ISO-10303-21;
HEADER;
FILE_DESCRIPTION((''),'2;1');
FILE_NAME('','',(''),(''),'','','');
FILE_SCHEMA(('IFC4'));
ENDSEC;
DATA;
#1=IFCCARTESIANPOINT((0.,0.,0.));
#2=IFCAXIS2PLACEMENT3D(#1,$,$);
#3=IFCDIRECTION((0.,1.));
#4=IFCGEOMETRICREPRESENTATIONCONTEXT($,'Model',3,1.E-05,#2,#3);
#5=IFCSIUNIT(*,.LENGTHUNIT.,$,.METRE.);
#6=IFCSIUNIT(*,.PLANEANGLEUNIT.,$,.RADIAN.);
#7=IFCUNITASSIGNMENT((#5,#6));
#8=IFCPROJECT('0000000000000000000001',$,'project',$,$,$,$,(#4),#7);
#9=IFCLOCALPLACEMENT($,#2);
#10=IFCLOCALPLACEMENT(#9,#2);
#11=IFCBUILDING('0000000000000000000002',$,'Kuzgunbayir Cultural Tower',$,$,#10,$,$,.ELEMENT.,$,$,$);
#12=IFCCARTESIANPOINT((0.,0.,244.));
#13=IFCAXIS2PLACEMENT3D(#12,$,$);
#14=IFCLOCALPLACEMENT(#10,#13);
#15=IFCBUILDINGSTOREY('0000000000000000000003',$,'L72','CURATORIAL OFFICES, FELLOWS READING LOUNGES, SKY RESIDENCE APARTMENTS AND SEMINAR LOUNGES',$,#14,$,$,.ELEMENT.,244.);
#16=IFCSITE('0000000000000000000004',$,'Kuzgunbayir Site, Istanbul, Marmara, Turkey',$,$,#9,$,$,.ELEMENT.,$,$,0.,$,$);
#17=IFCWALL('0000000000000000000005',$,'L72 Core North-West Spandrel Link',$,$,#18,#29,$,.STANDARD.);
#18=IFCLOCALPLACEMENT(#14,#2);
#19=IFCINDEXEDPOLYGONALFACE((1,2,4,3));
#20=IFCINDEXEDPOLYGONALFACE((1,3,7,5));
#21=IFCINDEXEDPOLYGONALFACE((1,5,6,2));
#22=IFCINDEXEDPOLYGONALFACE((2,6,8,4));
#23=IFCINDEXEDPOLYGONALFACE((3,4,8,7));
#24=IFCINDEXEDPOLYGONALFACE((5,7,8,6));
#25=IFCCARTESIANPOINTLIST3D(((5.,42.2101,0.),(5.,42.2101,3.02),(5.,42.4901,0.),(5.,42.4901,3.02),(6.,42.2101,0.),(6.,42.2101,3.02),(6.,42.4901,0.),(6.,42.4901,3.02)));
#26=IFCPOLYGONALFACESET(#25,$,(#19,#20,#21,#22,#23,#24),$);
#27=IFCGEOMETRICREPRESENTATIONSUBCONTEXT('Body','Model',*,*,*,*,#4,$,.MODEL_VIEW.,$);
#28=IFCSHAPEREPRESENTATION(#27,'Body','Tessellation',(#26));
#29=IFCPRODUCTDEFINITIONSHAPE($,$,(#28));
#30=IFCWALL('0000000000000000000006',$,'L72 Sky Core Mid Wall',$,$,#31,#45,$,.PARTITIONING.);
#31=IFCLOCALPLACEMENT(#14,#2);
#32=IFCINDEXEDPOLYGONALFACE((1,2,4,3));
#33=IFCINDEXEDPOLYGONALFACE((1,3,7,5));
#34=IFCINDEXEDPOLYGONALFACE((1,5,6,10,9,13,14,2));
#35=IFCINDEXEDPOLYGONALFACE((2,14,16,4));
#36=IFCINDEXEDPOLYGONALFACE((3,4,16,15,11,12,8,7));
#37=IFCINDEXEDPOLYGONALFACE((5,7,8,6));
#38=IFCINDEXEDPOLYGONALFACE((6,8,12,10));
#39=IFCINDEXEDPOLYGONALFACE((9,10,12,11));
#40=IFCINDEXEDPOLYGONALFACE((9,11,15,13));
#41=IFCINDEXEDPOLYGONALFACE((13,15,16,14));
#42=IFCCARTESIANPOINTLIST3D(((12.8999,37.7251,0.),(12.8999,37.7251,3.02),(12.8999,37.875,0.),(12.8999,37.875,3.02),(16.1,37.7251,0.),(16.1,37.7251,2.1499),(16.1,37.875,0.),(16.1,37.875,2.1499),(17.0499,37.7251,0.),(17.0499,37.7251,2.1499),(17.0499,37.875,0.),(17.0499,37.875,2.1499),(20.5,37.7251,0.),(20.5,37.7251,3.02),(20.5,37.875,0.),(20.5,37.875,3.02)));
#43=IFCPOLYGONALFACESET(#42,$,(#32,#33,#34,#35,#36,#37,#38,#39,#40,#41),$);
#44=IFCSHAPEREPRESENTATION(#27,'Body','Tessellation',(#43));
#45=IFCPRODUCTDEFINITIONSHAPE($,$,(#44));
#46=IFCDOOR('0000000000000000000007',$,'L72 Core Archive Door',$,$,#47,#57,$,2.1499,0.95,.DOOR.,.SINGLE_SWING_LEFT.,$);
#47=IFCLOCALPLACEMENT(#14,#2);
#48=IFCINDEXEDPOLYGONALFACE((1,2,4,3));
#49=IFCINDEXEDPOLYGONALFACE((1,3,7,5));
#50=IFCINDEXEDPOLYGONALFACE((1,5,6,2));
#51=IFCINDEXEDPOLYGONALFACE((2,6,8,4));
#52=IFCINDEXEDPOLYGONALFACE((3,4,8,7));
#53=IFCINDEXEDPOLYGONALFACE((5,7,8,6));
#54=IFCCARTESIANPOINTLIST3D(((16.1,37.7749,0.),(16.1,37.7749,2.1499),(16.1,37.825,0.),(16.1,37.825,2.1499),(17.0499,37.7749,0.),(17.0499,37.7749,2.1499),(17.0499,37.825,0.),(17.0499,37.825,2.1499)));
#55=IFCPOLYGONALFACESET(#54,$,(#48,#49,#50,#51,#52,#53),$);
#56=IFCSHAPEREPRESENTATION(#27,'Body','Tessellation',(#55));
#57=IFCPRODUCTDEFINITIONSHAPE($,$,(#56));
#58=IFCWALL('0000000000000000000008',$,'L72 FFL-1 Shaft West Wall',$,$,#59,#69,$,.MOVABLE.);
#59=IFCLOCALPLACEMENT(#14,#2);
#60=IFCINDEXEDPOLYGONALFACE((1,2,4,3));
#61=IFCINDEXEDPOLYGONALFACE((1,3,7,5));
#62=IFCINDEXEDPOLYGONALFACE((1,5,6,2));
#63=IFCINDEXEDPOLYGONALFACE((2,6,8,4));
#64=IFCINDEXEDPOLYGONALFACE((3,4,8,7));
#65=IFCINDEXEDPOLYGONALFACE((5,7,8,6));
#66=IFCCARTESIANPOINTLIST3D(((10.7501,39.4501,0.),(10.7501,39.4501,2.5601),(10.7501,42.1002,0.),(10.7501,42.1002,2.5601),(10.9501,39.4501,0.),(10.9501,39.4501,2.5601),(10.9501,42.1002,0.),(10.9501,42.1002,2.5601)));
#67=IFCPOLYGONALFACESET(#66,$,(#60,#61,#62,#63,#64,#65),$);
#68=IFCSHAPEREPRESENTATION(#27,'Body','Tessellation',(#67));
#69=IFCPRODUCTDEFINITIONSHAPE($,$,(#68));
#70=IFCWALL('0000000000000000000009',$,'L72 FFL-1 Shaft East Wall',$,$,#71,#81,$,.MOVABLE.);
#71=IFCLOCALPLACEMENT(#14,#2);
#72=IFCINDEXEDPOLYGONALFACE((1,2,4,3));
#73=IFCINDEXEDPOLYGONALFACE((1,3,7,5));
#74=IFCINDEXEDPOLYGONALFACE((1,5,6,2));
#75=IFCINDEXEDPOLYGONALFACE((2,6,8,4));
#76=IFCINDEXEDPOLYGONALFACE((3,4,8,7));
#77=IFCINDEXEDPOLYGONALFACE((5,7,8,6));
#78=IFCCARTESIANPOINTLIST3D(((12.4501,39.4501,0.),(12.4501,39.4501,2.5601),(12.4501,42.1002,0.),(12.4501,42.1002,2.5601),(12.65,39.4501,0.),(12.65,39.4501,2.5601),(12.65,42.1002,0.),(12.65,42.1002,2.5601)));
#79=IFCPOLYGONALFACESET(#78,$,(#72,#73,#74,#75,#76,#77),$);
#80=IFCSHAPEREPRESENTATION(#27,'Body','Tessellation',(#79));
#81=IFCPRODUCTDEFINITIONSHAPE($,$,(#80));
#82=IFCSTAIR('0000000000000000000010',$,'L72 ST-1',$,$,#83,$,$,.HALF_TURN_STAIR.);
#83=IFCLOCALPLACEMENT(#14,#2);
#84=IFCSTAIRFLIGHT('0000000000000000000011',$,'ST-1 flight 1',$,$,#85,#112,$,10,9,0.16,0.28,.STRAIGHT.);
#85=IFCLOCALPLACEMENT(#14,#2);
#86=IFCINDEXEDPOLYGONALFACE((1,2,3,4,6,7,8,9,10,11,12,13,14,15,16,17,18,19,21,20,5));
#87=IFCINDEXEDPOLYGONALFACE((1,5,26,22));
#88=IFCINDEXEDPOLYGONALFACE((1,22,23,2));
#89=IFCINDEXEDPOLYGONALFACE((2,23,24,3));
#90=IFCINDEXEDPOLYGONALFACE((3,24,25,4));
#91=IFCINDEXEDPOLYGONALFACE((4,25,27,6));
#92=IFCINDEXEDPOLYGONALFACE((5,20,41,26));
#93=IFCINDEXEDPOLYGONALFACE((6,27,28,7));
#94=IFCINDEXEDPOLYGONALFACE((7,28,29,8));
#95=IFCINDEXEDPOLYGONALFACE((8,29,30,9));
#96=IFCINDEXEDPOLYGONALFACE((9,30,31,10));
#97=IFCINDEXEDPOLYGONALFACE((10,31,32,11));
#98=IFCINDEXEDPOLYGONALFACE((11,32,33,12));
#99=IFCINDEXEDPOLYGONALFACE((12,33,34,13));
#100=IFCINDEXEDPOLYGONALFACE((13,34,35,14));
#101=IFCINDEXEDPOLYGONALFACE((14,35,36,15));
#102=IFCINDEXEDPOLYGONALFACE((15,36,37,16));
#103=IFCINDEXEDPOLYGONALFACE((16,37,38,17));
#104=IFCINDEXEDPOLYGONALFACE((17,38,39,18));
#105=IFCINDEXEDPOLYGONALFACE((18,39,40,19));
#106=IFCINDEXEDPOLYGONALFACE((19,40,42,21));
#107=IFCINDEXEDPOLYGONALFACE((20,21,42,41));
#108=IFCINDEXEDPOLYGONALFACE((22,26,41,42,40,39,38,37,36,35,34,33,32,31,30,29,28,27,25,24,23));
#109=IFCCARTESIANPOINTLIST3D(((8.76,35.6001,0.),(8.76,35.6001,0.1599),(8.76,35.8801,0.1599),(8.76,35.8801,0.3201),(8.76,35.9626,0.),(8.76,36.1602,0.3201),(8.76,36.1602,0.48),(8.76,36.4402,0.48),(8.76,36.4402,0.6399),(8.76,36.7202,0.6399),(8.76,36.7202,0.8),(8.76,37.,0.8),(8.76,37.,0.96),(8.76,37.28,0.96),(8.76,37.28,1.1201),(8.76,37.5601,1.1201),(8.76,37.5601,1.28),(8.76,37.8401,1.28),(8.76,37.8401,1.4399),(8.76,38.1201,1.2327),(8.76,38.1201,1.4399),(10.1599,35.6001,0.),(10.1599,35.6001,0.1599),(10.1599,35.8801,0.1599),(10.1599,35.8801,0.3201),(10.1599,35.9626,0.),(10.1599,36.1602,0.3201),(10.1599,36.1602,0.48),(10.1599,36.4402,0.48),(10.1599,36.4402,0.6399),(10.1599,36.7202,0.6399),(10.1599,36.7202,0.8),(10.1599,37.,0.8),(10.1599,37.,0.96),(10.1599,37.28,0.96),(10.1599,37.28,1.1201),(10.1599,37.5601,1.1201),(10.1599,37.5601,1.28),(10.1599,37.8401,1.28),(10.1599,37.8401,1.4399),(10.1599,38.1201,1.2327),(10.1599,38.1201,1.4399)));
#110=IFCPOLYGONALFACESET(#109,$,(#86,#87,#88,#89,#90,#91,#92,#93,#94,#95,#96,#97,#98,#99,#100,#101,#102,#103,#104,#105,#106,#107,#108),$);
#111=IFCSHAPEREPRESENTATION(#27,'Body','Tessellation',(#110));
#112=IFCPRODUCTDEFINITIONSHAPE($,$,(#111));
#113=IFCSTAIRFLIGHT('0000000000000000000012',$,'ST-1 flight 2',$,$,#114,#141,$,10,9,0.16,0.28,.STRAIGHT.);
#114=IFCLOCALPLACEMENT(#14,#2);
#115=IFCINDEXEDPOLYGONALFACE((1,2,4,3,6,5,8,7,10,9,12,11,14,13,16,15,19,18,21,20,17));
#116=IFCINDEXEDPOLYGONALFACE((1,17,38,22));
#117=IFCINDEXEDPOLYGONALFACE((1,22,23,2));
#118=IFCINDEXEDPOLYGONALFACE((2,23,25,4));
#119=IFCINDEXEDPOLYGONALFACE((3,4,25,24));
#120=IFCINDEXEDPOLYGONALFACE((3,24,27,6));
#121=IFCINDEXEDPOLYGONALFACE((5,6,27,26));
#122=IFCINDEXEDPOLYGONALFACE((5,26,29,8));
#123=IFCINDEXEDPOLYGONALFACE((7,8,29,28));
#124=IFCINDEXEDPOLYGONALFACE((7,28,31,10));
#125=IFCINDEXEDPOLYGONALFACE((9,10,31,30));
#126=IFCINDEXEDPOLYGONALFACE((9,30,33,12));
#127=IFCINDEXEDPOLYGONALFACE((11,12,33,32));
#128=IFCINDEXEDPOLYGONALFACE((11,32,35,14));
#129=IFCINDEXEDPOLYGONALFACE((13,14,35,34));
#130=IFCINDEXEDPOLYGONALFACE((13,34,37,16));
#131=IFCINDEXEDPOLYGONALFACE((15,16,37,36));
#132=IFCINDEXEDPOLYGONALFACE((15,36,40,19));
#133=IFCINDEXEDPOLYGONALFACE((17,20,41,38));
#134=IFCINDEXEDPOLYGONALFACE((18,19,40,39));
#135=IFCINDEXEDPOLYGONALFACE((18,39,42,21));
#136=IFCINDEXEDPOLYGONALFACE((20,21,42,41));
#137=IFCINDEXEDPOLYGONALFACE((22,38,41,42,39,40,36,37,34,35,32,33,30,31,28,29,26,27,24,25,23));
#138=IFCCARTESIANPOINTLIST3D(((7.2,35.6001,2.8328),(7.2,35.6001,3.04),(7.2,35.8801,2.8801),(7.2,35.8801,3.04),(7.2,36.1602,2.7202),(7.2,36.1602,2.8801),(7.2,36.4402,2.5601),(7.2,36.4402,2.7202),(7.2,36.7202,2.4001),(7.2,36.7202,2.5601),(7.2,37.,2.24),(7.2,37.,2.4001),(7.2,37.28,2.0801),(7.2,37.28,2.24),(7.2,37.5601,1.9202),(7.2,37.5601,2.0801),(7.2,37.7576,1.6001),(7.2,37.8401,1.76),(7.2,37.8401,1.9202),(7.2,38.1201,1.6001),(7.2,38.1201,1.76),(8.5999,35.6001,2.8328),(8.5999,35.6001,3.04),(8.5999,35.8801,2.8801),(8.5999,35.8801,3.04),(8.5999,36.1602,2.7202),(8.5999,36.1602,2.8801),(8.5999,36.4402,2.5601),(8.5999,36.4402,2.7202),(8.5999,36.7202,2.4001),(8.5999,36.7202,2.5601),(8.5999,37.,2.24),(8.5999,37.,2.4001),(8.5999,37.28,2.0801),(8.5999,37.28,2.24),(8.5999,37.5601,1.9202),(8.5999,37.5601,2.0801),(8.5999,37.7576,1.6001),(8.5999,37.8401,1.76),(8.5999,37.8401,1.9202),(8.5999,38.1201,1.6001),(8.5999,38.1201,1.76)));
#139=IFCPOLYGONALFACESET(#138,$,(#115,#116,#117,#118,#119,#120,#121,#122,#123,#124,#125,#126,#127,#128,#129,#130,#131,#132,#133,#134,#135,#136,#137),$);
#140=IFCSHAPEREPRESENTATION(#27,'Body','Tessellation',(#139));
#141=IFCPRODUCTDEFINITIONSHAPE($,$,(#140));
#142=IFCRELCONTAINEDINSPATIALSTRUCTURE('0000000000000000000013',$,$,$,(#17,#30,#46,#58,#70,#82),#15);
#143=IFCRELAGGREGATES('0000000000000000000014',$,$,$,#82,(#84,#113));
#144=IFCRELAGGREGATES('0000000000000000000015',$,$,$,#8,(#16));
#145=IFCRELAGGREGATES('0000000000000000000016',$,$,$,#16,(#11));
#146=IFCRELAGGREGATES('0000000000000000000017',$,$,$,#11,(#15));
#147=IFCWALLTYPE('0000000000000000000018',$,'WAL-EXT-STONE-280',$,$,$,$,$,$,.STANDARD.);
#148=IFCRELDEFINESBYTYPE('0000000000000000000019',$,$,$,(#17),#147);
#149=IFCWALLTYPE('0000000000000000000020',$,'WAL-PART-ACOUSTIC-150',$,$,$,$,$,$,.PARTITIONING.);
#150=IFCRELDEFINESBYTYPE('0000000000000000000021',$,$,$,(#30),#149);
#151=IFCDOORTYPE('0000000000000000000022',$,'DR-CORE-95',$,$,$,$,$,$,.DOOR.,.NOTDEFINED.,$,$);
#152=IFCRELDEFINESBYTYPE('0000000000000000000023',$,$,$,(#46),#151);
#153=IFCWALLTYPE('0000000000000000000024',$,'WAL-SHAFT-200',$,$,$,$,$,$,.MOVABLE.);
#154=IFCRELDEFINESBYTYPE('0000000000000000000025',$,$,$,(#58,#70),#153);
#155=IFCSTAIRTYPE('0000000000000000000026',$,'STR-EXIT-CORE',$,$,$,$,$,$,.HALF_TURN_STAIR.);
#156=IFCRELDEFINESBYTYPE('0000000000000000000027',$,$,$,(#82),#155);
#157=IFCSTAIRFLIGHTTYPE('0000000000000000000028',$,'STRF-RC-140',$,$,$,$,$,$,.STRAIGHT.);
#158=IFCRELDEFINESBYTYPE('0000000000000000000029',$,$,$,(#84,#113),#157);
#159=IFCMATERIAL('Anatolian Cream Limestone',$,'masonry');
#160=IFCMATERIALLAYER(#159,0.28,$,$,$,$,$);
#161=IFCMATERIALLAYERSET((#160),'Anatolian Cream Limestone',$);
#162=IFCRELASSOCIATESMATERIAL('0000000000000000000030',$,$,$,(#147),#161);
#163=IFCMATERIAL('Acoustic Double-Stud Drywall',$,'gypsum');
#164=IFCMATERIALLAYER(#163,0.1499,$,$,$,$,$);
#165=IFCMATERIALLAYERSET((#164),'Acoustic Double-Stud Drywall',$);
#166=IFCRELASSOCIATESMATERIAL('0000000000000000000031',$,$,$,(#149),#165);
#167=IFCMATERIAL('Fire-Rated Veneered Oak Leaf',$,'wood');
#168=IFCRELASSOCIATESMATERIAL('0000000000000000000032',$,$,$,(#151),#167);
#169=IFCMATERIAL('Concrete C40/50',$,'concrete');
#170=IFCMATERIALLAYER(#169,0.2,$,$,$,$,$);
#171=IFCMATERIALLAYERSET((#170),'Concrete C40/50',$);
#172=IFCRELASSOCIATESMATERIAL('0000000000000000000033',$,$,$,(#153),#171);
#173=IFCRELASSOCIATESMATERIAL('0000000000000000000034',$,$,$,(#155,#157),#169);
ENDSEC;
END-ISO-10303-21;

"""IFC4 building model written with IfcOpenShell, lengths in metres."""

from ifc_helpers import new_model, si_unit, direction, frame, frame_2d, origin, place, context, subcontext, project, spatial, polyline, rectangle, outline, extrude, material, layer, layer_set, type_object, element, fill, aggregate, save


model = new_model("IFC4")

# Units and contexts
model_context = context("Model", 3, precision=1e-05, world=origin(), true_north=direction((0.0, 1.0)))
body_context = subcontext(model_context, "Body", "Model", "MODEL_VIEW")
ifc_project = project(units=[si_unit("LENGTHUNIT", "METRE"), si_unit("PLANEANGLEUNIT", "RADIAN")], contexts=[model_context])

# Site, building, storey
site_placement = place(None, origin())
site = spatial("IfcSite", under=ifc_project, at=site_placement, Name="Kuzgunbayir Site, Istanbul, Marmara, Turkey", CompositionType="ELEMENT", RefElevation=0.0)
building_placement = place(site_placement, origin())
building = spatial("IfcBuilding", under=site, at=building_placement, Name="Kuzgunbayir Cultural Tower", CompositionType="ELEMENT")
storey_placement = place(building_placement, frame((0.0, 0.0, 244.0)))
storey = spatial("IfcBuildingStorey", under=building, at=storey_placement, Name="L72", Description="CURATORIAL OFFICES, FELLOWS READING LOUNGES, SKY RESIDENCE APARTMENTS AND SEMINAR LOUNGES", CompositionType="ELEMENT", Elevation=244.0)

# Shared definitions
ifc_material_1 = material(Name="Anatolian Cream Limestone", Category="masonry")
ifc_layer_1 = layer(ifc_material_1, 0.28)
ifc_layer_set_1 = layer_set([ifc_layer_1], Name="Anatolian Cream Limestone")
wall_type_1 = type_object("IfcWallType", Name="WAL-EXT-STONE-280", PredefinedType="STANDARD", material=ifc_layer_set_1)

# Wall
wall_1_placement = place(storey_placement, frame((6.0, 42.3501, 0.0), z_axis=(0.0, 0.0, 1.0), x_axis=(-1.0, 0.0, 0.0)))
element("IfcWall", 1, at=wall_1_placement, inside=storey, type_object=wall_type_1, Name="L72 Core North-West Spandrel Link", PredefinedType="STANDARD", context=body_context, shape_type="SweptSolid", body=[
    extrude(rectangle(XDim=1.0, YDim=0.28, at=frame_2d((0.5, 0.0))), origin(), (0.0, 0.0, 1.0), 3.02),
])

# Wall, opening, door
ifc_material_2 = material(Name="Acoustic Double-Stud Drywall", Category="gypsum")
ifc_layer_2 = layer(ifc_material_2, 0.1499)
ifc_layer_set_2 = layer_set([ifc_layer_2], Name="Acoustic Double-Stud Drywall")
wall_type_2 = type_object("IfcWallType", Name="WAL-PART-ACOUSTIC-150", PredefinedType="PARTITIONING", material=ifc_layer_set_2)
wall_2_placement = place(storey_placement, frame((12.8999, 37.8, 0.0), z_axis=(0.0, 0.0, 1.0), x_axis=(1.0, 0.0, 0.0)))
wall_2 = element("IfcWall", 2, at=wall_2_placement, inside=storey, type_object=wall_type_2, Name="L72 Sky Core Mid Wall", PredefinedType="PARTITIONING", context=body_context, shape_type="SweptSolid", body=[
    extrude(rectangle(XDim=7.6001, YDim=0.1499, at=frame_2d((3.8, 0.0))), origin(), (0.0, 0.0, 1.0), 3.02),
])
opening_1_placement = place(wall_2_placement, frame((3.2, 0.0, 0.0)))
opening_1 = element("IfcOpeningElement", 3, at=opening_1_placement, cuts=wall_2, PredefinedType="OPENING", context=body_context, shape_type="SweptSolid", body=[
    extrude(rectangle(XDim=0.95, YDim=2.1499, at=frame_2d((0.4751, 1.075))), frame((0.0, 0.085, 0.0), z_axis=(0.0, -1.0, 0.0), x_axis=(1.0, 0.0, 0.0)), (0.0, 0.0, 1.0), 0.1699),
])
ifc_material_3 = material(Name="Fire-Rated Veneered Oak Leaf", Category="wood")
door_type_1 = type_object("IfcDoorType", Name="DR-CORE-95", OperationType="NOTDEFINED", PredefinedType="DOOR", material=ifc_material_3)
door_1_placement = place(opening_1_placement, origin())
door_1 = element("IfcDoor", 4, at=door_1_placement, inside=storey, type_object=door_type_1, Name="L72 Core Archive Door", OperationType="SINGLE_SWING_LEFT", OverallHeight=2.1499, OverallWidth=0.95, PredefinedType="DOOR", context=body_context, shape_type="SweptSolid", body=[
    extrude(rectangle(XDim=0.95, YDim=2.1499, at=frame_2d((0.4751, 1.075))), frame((0.0, 0.0249, 0.0), z_axis=(0.0, -1.0, 0.0), x_axis=(1.0, 0.0, 0.0)), (0.0, 0.0, 1.0), 0.05),
])
fill(opening_1, door_1)
ifc_material_4 = material(Name="Concrete C40/50", Category="concrete")
ifc_layer_3 = layer(ifc_material_4, 0.2)
ifc_layer_set_3 = layer_set([ifc_layer_3], Name="Concrete C40/50")
wall_type_3 = type_object("IfcWallType", Name="WAL-SHAFT-200", PredefinedType="MOVABLE", material=ifc_layer_set_3)

# Walls
for number, where, z_axis, x_axis, name in (
    (5, (10.8501, 39.45, 0.0), (0.0, 0.0, 1.0), (0.0, 1.0, 0.0), "L72 FFL-1 Shaft West Wall"),
    (6, (12.55, 39.45, 0.0), (0.0, 0.0, 1.0), (0.0, 1.0, 0.0), "L72 FFL-1 Shaft East Wall"),
):
    element("IfcWall", number, at=place(storey_placement, frame(where, z_axis=z_axis, x_axis=x_axis)), inside=storey, type_object=wall_type_3, Name=name, PredefinedType="MOVABLE", context=body_context, shape_type="SweptSolid", body=[
        extrude(rectangle(XDim=2.6501, YDim=0.2, at=frame_2d((1.3252, 0.0))), origin(), (0.0, 0.0, 1.0), 2.5601),
    ])

# Stair, stair flights
stair_type = type_object("IfcStairType", Name="STR-EXIT-CORE", PredefinedType="HALF_TURN_STAIR", material=ifc_material_4)
stair_placement = place(storey_placement, origin())
stair = element("IfcStair", 7, at=stair_placement, inside=storey, type_object=stair_type, Name="L72 ST-1", PredefinedType="HALF_TURN_STAIR")
stair_flight_type = type_object("IfcStairFlightType", Name="STRF-RC-140", PredefinedType="STRAIGHT", material=ifc_material_4)
stair_flight_1_placement = place(storey_placement, frame((9.46, 35.6001, 0.0), z_axis=(0.0, 0.0, 1.0), x_axis=(0.0, 1.0, 0.0)))
stair_flight_1 = element("IfcStairFlight", 8, at=stair_flight_1_placement, type_object=stair_flight_type, Name="ST-1 flight 1", NumberOfRisers=10, NumberOfTreads=9, PredefinedType="STRAIGHT", RiserHeight=0.16, TreadLength=0.28, context=body_context, shape_type="SweptSolid", body=[
    extrude(outline(polyline([(0.0, 0.0), (0.0, 0.1599), (0.28, 0.1599), (0.28, 0.3201), (0.5601, 0.3201), (0.5601, 0.48), (0.8401, 0.48), (0.8401, 0.6399), (1.1201, 0.6399), (1.1201, 0.8), (1.3999, 0.8), (1.3999, 0.96), (1.6799, 0.96), (1.6799, 1.1201), (1.96, 1.1201), (1.96, 1.28), (2.24, 1.28), (2.24, 1.4399), (2.52, 1.4399), (2.52, 1.6001), (2.52, 1.2327), (0.3625, 0.0), (0.0, 0.0)])), frame((0.0, 0.7, 0.0), z_axis=(0.0, -1.0, 0.0), x_axis=(1.0, 0.0, 0.0)), (0.0, 0.0, 1.0), 1.3999),
])
stair_flight_2_placement = place(storey_placement, frame((7.8999, 38.1201, 1.6001), z_axis=(0.0, 0.0, 1.0), x_axis=(0.0, -1.0, 0.0)))
stair_flight_2 = element("IfcStairFlight", 9, at=stair_flight_2_placement, type_object=stair_flight_type, Name="ST-1 flight 2", NumberOfRisers=10, NumberOfTreads=9, PredefinedType="STRAIGHT", RiserHeight=0.16, TreadLength=0.28, context=body_context, shape_type="SweptSolid", body=[
    extrude(outline(polyline([(0.0, 0.0), (0.0, 0.1599), (0.28, 0.1599), (0.28, 0.3201), (0.5601, 0.3201), (0.5601, 0.48), (0.8401, 0.48), (0.8401, 0.6399), (1.1201, 0.6399), (1.1201, 0.8), (1.3999, 0.8), (1.3999, 0.96), (1.6799, 0.96), (1.6799, 1.1201), (1.96, 1.1201), (1.96, 1.28), (2.24, 1.28), (2.24, 1.4399), (2.52, 1.4399), (2.52, 1.6001), (2.52, 1.2327), (0.3625, 0.0), (0.0, 0.0)])), frame((0.0, 0.7, 0.0), z_axis=(0.0, -1.0, 0.0), x_axis=(1.0, 0.0, 0.0)), (0.0, 0.0, 1.0), 1.3999),
])
aggregate(stair, [stair_flight_1, stair_flight_2])

save(model, "model.ifc")
